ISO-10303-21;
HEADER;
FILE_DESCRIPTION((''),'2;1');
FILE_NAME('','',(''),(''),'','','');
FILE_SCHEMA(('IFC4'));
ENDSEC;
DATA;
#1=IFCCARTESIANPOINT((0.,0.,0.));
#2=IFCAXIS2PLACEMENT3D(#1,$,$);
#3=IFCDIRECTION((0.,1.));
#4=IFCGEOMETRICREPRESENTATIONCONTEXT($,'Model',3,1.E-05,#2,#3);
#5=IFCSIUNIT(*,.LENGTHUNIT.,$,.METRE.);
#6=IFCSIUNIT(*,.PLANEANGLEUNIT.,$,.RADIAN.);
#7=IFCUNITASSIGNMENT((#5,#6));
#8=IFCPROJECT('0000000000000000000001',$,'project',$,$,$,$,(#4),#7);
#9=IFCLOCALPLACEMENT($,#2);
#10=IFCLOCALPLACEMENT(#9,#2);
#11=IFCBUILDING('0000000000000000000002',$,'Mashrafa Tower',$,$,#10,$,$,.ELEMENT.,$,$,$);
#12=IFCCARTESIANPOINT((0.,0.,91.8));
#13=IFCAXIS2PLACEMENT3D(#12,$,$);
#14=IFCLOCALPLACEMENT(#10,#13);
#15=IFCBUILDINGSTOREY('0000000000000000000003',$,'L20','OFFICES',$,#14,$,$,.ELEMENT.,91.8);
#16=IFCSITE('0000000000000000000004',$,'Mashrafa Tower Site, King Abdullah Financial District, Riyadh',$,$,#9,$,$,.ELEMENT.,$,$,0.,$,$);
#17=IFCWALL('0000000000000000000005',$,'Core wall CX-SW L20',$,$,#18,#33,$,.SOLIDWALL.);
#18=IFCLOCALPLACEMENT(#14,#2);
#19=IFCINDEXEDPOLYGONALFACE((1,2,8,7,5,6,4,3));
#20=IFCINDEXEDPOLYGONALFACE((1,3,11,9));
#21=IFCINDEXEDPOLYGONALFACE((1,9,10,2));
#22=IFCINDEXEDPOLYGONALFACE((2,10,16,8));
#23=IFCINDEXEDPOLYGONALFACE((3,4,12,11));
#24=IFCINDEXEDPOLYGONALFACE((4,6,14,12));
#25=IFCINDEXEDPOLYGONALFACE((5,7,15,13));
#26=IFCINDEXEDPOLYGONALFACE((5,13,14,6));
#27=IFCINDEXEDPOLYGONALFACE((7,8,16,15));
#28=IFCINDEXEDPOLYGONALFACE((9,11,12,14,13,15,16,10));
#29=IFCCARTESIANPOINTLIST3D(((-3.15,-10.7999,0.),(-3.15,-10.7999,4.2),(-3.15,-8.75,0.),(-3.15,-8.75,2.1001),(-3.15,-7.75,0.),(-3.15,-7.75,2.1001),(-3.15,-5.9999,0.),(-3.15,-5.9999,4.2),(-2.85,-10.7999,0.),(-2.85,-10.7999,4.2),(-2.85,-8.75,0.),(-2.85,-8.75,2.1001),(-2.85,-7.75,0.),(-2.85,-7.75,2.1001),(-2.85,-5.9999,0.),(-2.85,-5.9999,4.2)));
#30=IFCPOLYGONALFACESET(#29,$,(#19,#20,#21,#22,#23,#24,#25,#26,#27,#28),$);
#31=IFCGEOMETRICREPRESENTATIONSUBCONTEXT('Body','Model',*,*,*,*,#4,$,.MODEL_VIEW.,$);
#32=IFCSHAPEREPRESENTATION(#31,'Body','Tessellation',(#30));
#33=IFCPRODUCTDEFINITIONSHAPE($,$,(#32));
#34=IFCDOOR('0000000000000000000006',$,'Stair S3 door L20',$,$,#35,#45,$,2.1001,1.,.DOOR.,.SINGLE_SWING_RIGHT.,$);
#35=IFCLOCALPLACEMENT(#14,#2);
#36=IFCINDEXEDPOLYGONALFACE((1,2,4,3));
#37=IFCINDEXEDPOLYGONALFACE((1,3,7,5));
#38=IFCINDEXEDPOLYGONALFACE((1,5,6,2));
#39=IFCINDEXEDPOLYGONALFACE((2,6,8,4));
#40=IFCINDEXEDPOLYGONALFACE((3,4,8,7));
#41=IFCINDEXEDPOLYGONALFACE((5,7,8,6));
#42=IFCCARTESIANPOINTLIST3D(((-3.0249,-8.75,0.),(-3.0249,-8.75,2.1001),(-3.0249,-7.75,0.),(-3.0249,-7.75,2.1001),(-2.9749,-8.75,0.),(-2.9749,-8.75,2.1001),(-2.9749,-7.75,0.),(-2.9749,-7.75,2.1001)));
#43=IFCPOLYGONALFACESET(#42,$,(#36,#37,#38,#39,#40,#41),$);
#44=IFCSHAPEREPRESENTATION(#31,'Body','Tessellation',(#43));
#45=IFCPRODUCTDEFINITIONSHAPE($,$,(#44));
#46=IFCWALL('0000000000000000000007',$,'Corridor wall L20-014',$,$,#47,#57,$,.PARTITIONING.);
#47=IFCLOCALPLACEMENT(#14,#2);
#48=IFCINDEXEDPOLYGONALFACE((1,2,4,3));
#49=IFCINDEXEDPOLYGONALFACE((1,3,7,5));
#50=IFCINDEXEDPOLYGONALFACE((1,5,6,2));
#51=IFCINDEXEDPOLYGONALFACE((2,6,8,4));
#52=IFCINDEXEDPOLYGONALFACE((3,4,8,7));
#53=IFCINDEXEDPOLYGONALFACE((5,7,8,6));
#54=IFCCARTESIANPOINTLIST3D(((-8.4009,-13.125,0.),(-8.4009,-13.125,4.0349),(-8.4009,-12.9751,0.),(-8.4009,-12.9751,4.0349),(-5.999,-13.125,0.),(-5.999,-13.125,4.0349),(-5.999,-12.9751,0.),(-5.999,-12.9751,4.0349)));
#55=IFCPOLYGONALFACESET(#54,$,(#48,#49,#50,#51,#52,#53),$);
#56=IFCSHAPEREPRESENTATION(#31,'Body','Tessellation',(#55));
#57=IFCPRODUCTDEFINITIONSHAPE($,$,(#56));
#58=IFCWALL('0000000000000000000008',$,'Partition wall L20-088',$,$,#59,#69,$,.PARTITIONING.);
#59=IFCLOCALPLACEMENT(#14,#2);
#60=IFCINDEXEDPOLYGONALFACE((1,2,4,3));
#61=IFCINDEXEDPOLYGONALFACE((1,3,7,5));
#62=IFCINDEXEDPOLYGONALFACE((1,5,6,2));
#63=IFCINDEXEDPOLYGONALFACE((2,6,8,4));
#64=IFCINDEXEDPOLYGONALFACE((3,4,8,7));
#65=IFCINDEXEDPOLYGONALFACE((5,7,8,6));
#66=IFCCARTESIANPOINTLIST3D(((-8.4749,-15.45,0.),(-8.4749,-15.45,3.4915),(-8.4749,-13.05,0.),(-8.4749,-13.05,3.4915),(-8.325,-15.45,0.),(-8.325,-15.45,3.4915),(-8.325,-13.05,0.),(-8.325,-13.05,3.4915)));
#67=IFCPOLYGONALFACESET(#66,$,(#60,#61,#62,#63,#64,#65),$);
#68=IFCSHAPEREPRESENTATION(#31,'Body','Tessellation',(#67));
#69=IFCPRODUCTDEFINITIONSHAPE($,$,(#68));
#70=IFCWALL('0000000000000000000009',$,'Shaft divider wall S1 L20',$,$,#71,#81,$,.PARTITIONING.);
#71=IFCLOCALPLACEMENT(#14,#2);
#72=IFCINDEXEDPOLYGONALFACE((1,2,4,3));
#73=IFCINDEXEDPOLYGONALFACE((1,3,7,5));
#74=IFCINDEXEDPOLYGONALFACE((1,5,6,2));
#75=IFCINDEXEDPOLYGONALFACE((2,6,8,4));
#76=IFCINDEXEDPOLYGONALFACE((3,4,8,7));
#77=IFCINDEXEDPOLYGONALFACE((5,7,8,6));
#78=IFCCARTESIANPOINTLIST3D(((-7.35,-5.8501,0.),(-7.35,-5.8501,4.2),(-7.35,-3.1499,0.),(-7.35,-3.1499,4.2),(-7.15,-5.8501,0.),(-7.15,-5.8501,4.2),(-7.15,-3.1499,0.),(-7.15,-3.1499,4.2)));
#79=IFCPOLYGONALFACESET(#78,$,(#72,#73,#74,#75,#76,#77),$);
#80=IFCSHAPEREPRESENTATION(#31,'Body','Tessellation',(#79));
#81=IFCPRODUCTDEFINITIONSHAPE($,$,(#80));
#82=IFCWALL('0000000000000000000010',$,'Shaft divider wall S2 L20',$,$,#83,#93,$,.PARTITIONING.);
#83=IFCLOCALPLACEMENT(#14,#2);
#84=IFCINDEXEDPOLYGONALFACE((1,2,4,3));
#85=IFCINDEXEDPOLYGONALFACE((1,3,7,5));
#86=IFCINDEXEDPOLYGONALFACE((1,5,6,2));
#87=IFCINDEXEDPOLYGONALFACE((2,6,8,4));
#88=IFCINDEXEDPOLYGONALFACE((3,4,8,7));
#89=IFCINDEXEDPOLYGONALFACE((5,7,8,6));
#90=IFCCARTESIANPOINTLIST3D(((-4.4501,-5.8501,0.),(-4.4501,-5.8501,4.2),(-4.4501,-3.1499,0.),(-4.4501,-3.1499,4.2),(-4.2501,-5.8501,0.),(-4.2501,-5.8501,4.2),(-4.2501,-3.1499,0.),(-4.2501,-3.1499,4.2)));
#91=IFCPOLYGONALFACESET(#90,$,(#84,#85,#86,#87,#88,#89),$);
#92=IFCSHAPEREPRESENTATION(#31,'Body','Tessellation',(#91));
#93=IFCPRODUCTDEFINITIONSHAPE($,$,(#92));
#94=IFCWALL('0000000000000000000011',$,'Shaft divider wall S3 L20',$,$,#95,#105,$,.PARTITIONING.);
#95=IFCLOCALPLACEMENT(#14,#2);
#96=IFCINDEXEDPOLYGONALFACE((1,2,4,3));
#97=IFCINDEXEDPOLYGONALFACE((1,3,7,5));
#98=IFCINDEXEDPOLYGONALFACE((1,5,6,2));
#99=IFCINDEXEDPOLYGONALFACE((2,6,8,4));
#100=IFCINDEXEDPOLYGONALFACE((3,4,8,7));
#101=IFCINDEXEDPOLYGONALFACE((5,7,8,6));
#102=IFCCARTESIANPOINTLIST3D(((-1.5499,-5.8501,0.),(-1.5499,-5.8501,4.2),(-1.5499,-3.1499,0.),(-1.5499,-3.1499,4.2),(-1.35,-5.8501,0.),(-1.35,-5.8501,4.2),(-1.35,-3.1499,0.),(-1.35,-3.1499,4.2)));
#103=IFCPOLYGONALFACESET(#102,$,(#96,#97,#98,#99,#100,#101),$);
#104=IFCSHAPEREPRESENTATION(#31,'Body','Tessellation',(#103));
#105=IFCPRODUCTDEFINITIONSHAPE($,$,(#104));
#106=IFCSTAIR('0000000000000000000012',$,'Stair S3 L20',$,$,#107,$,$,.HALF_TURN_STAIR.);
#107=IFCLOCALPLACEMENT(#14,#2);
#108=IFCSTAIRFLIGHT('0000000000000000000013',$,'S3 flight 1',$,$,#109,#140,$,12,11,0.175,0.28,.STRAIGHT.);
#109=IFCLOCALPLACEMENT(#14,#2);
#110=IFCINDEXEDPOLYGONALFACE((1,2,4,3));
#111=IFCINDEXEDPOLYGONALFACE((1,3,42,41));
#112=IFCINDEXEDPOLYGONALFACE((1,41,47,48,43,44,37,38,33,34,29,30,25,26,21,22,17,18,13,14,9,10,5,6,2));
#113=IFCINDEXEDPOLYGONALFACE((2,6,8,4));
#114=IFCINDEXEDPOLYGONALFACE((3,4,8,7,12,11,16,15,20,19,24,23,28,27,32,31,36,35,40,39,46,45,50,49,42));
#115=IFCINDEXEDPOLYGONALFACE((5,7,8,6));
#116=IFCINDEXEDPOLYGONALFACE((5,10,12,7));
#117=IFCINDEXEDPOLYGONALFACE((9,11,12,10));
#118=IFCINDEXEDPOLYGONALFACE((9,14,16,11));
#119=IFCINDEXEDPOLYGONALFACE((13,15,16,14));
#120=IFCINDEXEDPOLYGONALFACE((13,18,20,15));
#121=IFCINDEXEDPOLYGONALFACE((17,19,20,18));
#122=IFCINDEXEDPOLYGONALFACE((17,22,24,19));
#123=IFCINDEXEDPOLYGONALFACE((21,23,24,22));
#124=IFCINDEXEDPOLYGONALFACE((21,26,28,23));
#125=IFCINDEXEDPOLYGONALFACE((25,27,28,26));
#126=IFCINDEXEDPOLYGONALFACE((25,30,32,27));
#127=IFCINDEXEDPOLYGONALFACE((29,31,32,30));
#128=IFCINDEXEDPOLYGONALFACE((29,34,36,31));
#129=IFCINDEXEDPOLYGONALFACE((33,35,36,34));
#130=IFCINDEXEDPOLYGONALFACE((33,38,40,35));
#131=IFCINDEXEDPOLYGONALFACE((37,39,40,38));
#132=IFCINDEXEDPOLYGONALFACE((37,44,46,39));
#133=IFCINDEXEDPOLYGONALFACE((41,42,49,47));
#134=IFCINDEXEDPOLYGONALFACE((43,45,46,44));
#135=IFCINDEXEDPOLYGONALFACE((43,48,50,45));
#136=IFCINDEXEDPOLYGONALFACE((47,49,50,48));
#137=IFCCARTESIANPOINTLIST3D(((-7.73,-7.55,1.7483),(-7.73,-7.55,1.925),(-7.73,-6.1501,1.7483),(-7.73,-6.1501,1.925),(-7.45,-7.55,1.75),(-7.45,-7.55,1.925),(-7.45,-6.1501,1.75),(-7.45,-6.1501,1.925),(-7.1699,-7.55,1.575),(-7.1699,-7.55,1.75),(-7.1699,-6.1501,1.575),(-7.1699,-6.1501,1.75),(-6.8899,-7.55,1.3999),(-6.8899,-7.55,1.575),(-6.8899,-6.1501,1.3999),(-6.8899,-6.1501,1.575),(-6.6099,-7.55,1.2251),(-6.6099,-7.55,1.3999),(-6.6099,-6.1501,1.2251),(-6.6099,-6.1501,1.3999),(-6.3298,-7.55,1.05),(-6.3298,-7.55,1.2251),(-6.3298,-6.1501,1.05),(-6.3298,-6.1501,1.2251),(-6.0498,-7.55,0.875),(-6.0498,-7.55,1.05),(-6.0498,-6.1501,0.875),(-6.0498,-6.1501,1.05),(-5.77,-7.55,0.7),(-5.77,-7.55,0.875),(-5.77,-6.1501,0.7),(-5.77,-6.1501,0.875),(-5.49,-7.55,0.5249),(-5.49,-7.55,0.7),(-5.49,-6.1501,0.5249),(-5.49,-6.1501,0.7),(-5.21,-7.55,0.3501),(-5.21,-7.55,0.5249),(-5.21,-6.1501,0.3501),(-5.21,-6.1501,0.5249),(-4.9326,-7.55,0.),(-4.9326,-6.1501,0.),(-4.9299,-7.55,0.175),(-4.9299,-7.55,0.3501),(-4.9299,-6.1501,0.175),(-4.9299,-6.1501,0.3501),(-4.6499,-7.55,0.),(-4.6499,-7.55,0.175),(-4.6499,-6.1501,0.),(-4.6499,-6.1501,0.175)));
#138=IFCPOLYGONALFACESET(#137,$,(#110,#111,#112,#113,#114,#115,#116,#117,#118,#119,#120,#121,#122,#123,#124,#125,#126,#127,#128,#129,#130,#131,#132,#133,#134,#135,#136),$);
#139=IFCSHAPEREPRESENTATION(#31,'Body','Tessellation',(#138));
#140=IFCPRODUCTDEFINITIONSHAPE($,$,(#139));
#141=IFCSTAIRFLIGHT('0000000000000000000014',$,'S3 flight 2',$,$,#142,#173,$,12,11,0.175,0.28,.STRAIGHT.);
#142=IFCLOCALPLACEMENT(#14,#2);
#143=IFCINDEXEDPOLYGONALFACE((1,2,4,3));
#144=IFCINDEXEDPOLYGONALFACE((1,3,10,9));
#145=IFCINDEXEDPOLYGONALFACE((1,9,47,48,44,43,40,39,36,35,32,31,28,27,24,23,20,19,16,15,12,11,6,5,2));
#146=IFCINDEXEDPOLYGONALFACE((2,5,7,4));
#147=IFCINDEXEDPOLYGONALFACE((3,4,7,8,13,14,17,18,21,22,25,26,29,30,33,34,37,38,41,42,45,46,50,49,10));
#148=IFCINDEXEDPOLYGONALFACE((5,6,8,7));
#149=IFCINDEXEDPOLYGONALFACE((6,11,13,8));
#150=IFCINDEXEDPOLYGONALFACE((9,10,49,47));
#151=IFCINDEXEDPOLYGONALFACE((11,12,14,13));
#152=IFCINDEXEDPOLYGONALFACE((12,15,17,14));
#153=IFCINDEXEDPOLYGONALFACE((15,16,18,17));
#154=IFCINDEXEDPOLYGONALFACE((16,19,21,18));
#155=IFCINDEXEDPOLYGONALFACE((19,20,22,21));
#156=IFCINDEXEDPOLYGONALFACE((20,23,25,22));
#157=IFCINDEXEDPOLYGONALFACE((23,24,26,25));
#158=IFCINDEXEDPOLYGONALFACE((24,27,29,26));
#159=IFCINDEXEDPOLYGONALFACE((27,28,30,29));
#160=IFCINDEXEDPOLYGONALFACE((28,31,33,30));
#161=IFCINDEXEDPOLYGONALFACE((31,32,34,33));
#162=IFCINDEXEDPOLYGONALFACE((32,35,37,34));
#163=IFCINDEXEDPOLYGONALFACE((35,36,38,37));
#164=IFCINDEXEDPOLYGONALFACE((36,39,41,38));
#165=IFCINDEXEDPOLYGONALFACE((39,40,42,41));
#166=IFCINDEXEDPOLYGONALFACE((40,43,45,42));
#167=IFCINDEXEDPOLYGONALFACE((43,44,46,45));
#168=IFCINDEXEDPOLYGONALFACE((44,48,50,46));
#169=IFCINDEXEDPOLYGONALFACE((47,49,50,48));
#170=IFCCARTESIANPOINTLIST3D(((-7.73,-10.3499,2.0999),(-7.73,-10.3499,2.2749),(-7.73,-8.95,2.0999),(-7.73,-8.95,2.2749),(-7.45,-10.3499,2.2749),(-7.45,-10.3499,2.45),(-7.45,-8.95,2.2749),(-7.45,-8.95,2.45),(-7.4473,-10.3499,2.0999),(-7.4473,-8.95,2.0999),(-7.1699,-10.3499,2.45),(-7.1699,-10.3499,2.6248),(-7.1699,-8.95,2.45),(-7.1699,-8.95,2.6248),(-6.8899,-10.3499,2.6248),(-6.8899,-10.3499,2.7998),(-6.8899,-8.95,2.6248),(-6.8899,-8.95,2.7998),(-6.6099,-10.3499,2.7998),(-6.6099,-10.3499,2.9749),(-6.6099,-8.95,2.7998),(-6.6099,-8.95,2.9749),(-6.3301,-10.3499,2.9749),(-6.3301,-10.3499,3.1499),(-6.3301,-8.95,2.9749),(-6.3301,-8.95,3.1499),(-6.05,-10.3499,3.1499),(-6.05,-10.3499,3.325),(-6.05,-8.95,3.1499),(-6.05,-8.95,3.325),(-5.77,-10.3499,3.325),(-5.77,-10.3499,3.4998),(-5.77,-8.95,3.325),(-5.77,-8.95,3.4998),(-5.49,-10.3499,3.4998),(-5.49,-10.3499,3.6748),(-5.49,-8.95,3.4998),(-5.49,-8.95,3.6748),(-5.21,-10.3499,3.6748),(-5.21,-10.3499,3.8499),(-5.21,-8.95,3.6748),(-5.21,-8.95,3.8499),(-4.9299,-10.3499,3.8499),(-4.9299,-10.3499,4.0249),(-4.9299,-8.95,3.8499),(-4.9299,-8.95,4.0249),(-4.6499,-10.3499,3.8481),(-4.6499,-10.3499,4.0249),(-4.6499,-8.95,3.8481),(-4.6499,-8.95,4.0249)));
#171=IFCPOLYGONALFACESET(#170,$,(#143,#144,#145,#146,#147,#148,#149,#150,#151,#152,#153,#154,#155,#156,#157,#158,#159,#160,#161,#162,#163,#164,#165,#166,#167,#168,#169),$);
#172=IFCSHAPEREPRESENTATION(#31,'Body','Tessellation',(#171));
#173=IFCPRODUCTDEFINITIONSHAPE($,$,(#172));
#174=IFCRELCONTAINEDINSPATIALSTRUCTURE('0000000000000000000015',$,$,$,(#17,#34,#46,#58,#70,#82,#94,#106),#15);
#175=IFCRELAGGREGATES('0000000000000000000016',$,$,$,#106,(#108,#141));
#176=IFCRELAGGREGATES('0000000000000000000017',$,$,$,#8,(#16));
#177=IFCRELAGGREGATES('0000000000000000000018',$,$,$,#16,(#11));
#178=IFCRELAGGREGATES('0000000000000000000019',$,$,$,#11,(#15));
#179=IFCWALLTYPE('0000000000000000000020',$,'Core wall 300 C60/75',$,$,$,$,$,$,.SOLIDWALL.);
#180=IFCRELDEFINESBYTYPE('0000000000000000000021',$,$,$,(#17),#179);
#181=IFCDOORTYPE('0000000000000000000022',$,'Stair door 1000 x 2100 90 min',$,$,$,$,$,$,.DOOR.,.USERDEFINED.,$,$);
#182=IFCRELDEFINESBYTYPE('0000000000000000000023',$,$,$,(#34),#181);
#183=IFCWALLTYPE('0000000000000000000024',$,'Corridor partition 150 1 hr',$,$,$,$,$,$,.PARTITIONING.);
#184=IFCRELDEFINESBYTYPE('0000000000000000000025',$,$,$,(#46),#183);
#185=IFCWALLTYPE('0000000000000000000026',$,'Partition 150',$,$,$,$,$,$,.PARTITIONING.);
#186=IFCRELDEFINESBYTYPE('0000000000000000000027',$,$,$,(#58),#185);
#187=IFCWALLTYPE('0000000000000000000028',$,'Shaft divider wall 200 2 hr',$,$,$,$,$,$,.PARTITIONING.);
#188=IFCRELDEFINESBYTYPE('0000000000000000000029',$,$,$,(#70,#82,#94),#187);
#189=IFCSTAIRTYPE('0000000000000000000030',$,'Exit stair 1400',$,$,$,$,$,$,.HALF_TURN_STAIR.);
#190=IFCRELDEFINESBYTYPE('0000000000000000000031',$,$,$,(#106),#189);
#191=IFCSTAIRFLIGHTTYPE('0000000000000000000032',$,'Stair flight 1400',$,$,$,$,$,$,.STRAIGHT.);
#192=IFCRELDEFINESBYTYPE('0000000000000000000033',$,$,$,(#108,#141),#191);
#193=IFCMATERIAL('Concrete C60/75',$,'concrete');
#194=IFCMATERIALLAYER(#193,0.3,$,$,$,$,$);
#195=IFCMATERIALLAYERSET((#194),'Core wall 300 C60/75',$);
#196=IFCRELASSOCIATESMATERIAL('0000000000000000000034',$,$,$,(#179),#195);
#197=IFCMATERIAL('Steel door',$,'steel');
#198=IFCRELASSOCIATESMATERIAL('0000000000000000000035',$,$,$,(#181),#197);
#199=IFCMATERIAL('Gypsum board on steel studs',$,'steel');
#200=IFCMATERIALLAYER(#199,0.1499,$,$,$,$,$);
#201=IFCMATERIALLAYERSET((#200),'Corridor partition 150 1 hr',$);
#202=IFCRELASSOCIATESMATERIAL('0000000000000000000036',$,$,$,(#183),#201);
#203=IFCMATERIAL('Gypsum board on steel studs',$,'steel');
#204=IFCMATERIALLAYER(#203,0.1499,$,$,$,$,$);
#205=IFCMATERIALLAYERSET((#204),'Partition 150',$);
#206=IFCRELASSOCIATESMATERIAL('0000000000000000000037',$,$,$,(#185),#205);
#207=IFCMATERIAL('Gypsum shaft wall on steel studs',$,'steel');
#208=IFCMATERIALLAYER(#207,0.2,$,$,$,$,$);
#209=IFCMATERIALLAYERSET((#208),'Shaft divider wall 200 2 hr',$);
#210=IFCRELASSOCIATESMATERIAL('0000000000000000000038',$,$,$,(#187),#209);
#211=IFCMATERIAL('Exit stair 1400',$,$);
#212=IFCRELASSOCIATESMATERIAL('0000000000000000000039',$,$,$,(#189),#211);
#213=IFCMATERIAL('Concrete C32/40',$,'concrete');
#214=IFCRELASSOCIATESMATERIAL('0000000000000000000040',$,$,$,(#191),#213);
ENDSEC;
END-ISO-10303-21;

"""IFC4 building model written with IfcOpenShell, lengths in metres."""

from ifc_helpers import new_model, si_unit, direction, frame, frame_2d, origin, place, context, subcontext, project, spatial, polyline, rectangle, outline, extrude, material, layer, layer_set, type_object, element, fill, aggregate, save


model = new_model("IFC4")

# Units and contexts
model_context = context("Model", 3, precision=1e-05, world=origin(), true_north=direction((0.0, 1.0)))
body_context = subcontext(model_context, "Body", "Model", "MODEL_VIEW")
ifc_project = project(units=[si_unit("LENGTHUNIT", "METRE"), si_unit("PLANEANGLEUNIT", "RADIAN")], contexts=[model_context])

# Site, building, storey
site_placement = place(None, origin())
site = spatial("IfcSite", under=ifc_project, at=site_placement, Name="Mashrafa Tower Site, King Abdullah Financial District, Riyadh", CompositionType="ELEMENT", RefElevation=0.0)
building_placement = place(site_placement, origin())
building = spatial("IfcBuilding", under=site, at=building_placement, Name="Mashrafa Tower", CompositionType="ELEMENT")
storey_placement = place(building_placement, frame((0.0, 0.0, 91.8)))
storey = spatial("IfcBuildingStorey", under=building, at=storey_placement, Name="L20", Description="OFFICES", CompositionType="ELEMENT", Elevation=91.8)

# Shared definitions
ifc_material_1 = material(Name="Concrete C60/75", Category="concrete")
ifc_layer_1 = layer(ifc_material_1, 0.3)
ifc_layer_set_1 = layer_set([ifc_layer_1], Name="Core wall 300 C60/75")
wall_type_1 = type_object("IfcWallType", Name="Core wall 300 C60/75", PredefinedType="SOLIDWALL", material=ifc_layer_set_1)

# Wall, opening, door
wall_1_placement = place(storey_placement, frame((-3.0, -6.0, 0.0), z_axis=(0.0, 0.0, 1.0), x_axis=(0.0, -1.0, 0.0)))
wall_1 = element("IfcWall", 1, at=wall_1_placement, inside=storey, type_object=wall_type_1, Name="Core wall CX-SW L20", PredefinedType="SOLIDWALL", context=body_context, shape_type="SweptSolid", body=[
    extrude(rectangle(XDim=4.8, YDim=0.3, at=frame_2d((2.3999, 0.0))), origin(), (0.0, 0.0, 1.0), 4.2),
])
opening_1_placement = place(wall_1_placement, frame((1.75, 0.0, 0.0)))
opening_1 = element("IfcOpeningElement", 2, at=opening_1_placement, cuts=wall_1, PredefinedType="OPENING", context=body_context, shape_type="SweptSolid", body=[
    extrude(rectangle(XDim=1.0, YDim=2.1001, at=frame_2d((0.5, 1.05))), frame((0.0, 0.1599, 0.0), z_axis=(0.0, -1.0, 0.0), x_axis=(1.0, 0.0, 0.0)), (0.0, 0.0, 1.0), 0.3201),
])
ifc_material_2 = material(Name="Steel door", Category="steel")
door_type_1 = type_object("IfcDoorType", Name="Stair door 1000 x 2100 90 min", OperationType="USERDEFINED", PredefinedType="DOOR", material=ifc_material_2)
door_1_placement = place(opening_1_placement, frame((1.0, 0.0, 0.0), z_axis=(0.0, 0.0, 1.0), x_axis=(-1.0, 0.0, 0.0)))
door_1 = element("IfcDoor", 3, at=door_1_placement, inside=storey, type_object=door_type_1, Name="Stair S3 door L20", OperationType="SINGLE_SWING_RIGHT", OverallHeight=2.1001, OverallWidth=1.0, PredefinedType="DOOR", context=body_context, shape_type="SweptSolid", body=[
    extrude(rectangle(XDim=1.0, YDim=2.1001, at=frame_2d((0.5, 1.05))), frame((0.0, 0.0249, 0.0), z_axis=(0.0, -1.0, 0.0), x_axis=(1.0, 0.0, 0.0)), (0.0, 0.0, 1.0), 0.05),
])
fill(opening_1, door_1)

# Wall
ifc_material_3 = material(Name="Gypsum board on steel studs", Category="steel")
ifc_layer_2 = layer(ifc_material_3, 0.1499)
ifc_layer_set_2 = layer_set([ifc_layer_2], Name="Corridor partition 150 1 hr")
wall_type_2 = type_object("IfcWallType", Name="Corridor partition 150 1 hr", PredefinedType="PARTITIONING", material=ifc_layer_set_2)
wall_2_placement = place(storey_placement, frame((-8.4009, -13.05, 0.0), z_axis=(0.0, 0.0, 1.0), x_axis=(1.0, 0.0, 0.0)))
element("IfcWall", 4, at=wall_2_placement, inside=storey, type_object=wall_type_2, Name="Corridor wall L20-014", PredefinedType="PARTITIONING", context=body_context, shape_type="SweptSolid", body=[
    extrude(rectangle(XDim=2.4019, YDim=0.1499, at=frame_2d((1.2009, 0.0))), origin(), (0.0, 0.0, 1.0), 4.0349),
])

# Walls
ifc_material_4 = material(Name="Gypsum board on steel studs", Category="steel")
ifc_layer_3 = layer(ifc_material_4, 0.1499)
ifc_layer_set_3 = layer_set([ifc_layer_3], Name="Partition 150")
wall_type_3 = type_object("IfcWallType", Name="Partition 150", PredefinedType="PARTITIONING", material=ifc_layer_set_3)
wall_3_placement = place(storey_placement, frame((-8.3999, -13.05, 0.0), z_axis=(0.0, 0.0, 1.0), x_axis=(0.0, -1.0, 0.0)))
element("IfcWall", 5, at=wall_3_placement, inside=storey, type_object=wall_type_3, Name="Partition wall L20-088", PredefinedType="PARTITIONING", context=body_context, shape_type="SweptSolid", body=[
    extrude(rectangle(XDim=2.3999, YDim=0.1499, at=frame_2d((1.2, 0.0))), origin(), (0.0, 0.0, 1.0), 3.4915),
])
ifc_material_5 = material(Name="Gypsum shaft wall on steel studs", Category="steel")
ifc_layer_4 = layer(ifc_material_5, 0.2)
ifc_layer_set_4 = layer_set([ifc_layer_4], Name="Shaft divider wall 200 2 hr")
wall_type_4 = type_object("IfcWallType", Name="Shaft divider wall 200 2 hr", PredefinedType="PARTITIONING", material=ifc_layer_set_4)
for number, where, z_axis, x_axis, name in (
    (6, (-7.25, -5.8501, 0.0), (0.0, 0.0, 1.0), (0.0, 1.0, 0.0), "Shaft divider wall S1 L20"),
    (7, (-4.3501, -5.8501, 0.0), (0.0, 0.0, 1.0), (0.0, 1.0, 0.0), "Shaft divider wall S2 L20"),
    (8, (-1.45, -5.8501, 0.0), (0.0, 0.0, 1.0), (0.0, 1.0, 0.0), "Shaft divider wall S3 L20"),
):
    element("IfcWall", number, at=place(storey_placement, frame(where, z_axis=z_axis, x_axis=x_axis)), inside=storey, type_object=wall_type_4, Name=name, PredefinedType="PARTITIONING", context=body_context, shape_type="SweptSolid", body=[
        extrude(rectangle(XDim=2.7002, YDim=0.2, at=frame_2d((1.3501, 0.0))), origin(), (0.0, 0.0, 1.0), 4.2),
    ])

# Stair, stair flights
ifc_material_6 = material(Name="Exit stair 1400")
stair_type = type_object("IfcStairType", Name="Exit stair 1400", PredefinedType="HALF_TURN_STAIR", material=ifc_material_6)
stair_placement = place(storey_placement, origin())
stair = element("IfcStair", 9, at=stair_placement, inside=storey, type_object=stair_type, Name="Stair S3 L20", PredefinedType="HALF_TURN_STAIR")
ifc_material_7 = material(Name="Concrete C32/40", Category="concrete")
stair_flight_type = type_object("IfcStairFlightType", Name="Stair flight 1400", PredefinedType="STRAIGHT", material=ifc_material_7)
stair_flight_1_placement = place(storey_placement, frame((-4.6499, -6.8501, 0.0), z_axis=(0.0, 0.0, 1.0), x_axis=(-1.0, 0.0, 0.0)))
stair_flight_1 = element("IfcStairFlight", 10, at=stair_flight_1_placement, type_object=stair_flight_type, Name="S3 flight 1", NumberOfRisers=12, NumberOfTreads=11, PredefinedType="STRAIGHT", RiserHeight=0.175, TreadLength=0.28, context=body_context, shape_type="SweptSolid", body=[
    extrude(outline(polyline([(0.0, 0.0), (0.0, 0.175), (0.28, 0.175), (0.28, 0.3501), (0.5601, 0.3501), (0.5601, 0.5249), (0.8401, 0.5249), (0.8401, 0.7), (1.1201, 0.7), (1.1201, 0.875), (1.3999, 0.875), (1.3999, 1.05), (1.6799, 1.05), (1.6799, 1.2251), (1.96, 1.2251), (1.96, 1.3999), (2.24, 1.3999), (2.24, 1.575), (2.52, 1.575), (2.52, 1.75), (2.8, 1.75), (2.8, 1.925), (3.0801, 1.925), (3.0801, 2.1001), (3.0801, 1.7483), (0.2827, 0.0), (0.0, 0.0)])), frame((0.0, 0.7, 0.0), z_axis=(0.0, -1.0, 0.0), x_axis=(1.0, 0.0, 0.0)), (0.0, 0.0, 1.0), 1.3999),
])
stair_flight_2_placement = place(storey_placement, frame((-7.73, -9.6499, 2.0999), z_axis=(0.0, 0.0, 1.0), x_axis=(1.0, 0.0, 0.0)))
stair_flight_2 = element("IfcStairFlight", 11, at=stair_flight_2_placement, type_object=stair_flight_type, Name="S3 flight 2", NumberOfRisers=12, NumberOfTreads=11, PredefinedType="STRAIGHT", RiserHeight=0.175, TreadLength=0.28, context=body_context, shape_type="SweptSolid", body=[
    extrude(outline(polyline([(0.0, 0.0), (0.0, 0.175), (0.28, 0.175), (0.28, 0.3501), (0.5601, 0.3501), (0.5601, 0.5249), (0.8401, 0.5249), (0.8401, 0.7), (1.1201, 0.7), (1.1201, 0.875), (1.3999, 0.875), (1.3999, 1.05), (1.6799, 1.05), (1.6799, 1.2251), (1.96, 1.2251), (1.96, 1.3999), (2.24, 1.3999), (2.24, 1.575), (2.52, 1.575), (2.52, 1.75), (2.8, 1.75), (2.8, 1.925), (3.0801, 1.925), (3.0801, 2.1001), (3.0801, 1.7483), (0.2827, 0.0), (0.0, 0.0)])), frame((0.0, 0.7, 0.0), z_axis=(0.0, -1.0, 0.0), x_axis=(1.0, 0.0, 0.0)), (0.0, 0.0, 1.0), 1.3999),
])
aggregate(stair, [stair_flight_1, stair_flight_2])

save(model, "model.ifc")
